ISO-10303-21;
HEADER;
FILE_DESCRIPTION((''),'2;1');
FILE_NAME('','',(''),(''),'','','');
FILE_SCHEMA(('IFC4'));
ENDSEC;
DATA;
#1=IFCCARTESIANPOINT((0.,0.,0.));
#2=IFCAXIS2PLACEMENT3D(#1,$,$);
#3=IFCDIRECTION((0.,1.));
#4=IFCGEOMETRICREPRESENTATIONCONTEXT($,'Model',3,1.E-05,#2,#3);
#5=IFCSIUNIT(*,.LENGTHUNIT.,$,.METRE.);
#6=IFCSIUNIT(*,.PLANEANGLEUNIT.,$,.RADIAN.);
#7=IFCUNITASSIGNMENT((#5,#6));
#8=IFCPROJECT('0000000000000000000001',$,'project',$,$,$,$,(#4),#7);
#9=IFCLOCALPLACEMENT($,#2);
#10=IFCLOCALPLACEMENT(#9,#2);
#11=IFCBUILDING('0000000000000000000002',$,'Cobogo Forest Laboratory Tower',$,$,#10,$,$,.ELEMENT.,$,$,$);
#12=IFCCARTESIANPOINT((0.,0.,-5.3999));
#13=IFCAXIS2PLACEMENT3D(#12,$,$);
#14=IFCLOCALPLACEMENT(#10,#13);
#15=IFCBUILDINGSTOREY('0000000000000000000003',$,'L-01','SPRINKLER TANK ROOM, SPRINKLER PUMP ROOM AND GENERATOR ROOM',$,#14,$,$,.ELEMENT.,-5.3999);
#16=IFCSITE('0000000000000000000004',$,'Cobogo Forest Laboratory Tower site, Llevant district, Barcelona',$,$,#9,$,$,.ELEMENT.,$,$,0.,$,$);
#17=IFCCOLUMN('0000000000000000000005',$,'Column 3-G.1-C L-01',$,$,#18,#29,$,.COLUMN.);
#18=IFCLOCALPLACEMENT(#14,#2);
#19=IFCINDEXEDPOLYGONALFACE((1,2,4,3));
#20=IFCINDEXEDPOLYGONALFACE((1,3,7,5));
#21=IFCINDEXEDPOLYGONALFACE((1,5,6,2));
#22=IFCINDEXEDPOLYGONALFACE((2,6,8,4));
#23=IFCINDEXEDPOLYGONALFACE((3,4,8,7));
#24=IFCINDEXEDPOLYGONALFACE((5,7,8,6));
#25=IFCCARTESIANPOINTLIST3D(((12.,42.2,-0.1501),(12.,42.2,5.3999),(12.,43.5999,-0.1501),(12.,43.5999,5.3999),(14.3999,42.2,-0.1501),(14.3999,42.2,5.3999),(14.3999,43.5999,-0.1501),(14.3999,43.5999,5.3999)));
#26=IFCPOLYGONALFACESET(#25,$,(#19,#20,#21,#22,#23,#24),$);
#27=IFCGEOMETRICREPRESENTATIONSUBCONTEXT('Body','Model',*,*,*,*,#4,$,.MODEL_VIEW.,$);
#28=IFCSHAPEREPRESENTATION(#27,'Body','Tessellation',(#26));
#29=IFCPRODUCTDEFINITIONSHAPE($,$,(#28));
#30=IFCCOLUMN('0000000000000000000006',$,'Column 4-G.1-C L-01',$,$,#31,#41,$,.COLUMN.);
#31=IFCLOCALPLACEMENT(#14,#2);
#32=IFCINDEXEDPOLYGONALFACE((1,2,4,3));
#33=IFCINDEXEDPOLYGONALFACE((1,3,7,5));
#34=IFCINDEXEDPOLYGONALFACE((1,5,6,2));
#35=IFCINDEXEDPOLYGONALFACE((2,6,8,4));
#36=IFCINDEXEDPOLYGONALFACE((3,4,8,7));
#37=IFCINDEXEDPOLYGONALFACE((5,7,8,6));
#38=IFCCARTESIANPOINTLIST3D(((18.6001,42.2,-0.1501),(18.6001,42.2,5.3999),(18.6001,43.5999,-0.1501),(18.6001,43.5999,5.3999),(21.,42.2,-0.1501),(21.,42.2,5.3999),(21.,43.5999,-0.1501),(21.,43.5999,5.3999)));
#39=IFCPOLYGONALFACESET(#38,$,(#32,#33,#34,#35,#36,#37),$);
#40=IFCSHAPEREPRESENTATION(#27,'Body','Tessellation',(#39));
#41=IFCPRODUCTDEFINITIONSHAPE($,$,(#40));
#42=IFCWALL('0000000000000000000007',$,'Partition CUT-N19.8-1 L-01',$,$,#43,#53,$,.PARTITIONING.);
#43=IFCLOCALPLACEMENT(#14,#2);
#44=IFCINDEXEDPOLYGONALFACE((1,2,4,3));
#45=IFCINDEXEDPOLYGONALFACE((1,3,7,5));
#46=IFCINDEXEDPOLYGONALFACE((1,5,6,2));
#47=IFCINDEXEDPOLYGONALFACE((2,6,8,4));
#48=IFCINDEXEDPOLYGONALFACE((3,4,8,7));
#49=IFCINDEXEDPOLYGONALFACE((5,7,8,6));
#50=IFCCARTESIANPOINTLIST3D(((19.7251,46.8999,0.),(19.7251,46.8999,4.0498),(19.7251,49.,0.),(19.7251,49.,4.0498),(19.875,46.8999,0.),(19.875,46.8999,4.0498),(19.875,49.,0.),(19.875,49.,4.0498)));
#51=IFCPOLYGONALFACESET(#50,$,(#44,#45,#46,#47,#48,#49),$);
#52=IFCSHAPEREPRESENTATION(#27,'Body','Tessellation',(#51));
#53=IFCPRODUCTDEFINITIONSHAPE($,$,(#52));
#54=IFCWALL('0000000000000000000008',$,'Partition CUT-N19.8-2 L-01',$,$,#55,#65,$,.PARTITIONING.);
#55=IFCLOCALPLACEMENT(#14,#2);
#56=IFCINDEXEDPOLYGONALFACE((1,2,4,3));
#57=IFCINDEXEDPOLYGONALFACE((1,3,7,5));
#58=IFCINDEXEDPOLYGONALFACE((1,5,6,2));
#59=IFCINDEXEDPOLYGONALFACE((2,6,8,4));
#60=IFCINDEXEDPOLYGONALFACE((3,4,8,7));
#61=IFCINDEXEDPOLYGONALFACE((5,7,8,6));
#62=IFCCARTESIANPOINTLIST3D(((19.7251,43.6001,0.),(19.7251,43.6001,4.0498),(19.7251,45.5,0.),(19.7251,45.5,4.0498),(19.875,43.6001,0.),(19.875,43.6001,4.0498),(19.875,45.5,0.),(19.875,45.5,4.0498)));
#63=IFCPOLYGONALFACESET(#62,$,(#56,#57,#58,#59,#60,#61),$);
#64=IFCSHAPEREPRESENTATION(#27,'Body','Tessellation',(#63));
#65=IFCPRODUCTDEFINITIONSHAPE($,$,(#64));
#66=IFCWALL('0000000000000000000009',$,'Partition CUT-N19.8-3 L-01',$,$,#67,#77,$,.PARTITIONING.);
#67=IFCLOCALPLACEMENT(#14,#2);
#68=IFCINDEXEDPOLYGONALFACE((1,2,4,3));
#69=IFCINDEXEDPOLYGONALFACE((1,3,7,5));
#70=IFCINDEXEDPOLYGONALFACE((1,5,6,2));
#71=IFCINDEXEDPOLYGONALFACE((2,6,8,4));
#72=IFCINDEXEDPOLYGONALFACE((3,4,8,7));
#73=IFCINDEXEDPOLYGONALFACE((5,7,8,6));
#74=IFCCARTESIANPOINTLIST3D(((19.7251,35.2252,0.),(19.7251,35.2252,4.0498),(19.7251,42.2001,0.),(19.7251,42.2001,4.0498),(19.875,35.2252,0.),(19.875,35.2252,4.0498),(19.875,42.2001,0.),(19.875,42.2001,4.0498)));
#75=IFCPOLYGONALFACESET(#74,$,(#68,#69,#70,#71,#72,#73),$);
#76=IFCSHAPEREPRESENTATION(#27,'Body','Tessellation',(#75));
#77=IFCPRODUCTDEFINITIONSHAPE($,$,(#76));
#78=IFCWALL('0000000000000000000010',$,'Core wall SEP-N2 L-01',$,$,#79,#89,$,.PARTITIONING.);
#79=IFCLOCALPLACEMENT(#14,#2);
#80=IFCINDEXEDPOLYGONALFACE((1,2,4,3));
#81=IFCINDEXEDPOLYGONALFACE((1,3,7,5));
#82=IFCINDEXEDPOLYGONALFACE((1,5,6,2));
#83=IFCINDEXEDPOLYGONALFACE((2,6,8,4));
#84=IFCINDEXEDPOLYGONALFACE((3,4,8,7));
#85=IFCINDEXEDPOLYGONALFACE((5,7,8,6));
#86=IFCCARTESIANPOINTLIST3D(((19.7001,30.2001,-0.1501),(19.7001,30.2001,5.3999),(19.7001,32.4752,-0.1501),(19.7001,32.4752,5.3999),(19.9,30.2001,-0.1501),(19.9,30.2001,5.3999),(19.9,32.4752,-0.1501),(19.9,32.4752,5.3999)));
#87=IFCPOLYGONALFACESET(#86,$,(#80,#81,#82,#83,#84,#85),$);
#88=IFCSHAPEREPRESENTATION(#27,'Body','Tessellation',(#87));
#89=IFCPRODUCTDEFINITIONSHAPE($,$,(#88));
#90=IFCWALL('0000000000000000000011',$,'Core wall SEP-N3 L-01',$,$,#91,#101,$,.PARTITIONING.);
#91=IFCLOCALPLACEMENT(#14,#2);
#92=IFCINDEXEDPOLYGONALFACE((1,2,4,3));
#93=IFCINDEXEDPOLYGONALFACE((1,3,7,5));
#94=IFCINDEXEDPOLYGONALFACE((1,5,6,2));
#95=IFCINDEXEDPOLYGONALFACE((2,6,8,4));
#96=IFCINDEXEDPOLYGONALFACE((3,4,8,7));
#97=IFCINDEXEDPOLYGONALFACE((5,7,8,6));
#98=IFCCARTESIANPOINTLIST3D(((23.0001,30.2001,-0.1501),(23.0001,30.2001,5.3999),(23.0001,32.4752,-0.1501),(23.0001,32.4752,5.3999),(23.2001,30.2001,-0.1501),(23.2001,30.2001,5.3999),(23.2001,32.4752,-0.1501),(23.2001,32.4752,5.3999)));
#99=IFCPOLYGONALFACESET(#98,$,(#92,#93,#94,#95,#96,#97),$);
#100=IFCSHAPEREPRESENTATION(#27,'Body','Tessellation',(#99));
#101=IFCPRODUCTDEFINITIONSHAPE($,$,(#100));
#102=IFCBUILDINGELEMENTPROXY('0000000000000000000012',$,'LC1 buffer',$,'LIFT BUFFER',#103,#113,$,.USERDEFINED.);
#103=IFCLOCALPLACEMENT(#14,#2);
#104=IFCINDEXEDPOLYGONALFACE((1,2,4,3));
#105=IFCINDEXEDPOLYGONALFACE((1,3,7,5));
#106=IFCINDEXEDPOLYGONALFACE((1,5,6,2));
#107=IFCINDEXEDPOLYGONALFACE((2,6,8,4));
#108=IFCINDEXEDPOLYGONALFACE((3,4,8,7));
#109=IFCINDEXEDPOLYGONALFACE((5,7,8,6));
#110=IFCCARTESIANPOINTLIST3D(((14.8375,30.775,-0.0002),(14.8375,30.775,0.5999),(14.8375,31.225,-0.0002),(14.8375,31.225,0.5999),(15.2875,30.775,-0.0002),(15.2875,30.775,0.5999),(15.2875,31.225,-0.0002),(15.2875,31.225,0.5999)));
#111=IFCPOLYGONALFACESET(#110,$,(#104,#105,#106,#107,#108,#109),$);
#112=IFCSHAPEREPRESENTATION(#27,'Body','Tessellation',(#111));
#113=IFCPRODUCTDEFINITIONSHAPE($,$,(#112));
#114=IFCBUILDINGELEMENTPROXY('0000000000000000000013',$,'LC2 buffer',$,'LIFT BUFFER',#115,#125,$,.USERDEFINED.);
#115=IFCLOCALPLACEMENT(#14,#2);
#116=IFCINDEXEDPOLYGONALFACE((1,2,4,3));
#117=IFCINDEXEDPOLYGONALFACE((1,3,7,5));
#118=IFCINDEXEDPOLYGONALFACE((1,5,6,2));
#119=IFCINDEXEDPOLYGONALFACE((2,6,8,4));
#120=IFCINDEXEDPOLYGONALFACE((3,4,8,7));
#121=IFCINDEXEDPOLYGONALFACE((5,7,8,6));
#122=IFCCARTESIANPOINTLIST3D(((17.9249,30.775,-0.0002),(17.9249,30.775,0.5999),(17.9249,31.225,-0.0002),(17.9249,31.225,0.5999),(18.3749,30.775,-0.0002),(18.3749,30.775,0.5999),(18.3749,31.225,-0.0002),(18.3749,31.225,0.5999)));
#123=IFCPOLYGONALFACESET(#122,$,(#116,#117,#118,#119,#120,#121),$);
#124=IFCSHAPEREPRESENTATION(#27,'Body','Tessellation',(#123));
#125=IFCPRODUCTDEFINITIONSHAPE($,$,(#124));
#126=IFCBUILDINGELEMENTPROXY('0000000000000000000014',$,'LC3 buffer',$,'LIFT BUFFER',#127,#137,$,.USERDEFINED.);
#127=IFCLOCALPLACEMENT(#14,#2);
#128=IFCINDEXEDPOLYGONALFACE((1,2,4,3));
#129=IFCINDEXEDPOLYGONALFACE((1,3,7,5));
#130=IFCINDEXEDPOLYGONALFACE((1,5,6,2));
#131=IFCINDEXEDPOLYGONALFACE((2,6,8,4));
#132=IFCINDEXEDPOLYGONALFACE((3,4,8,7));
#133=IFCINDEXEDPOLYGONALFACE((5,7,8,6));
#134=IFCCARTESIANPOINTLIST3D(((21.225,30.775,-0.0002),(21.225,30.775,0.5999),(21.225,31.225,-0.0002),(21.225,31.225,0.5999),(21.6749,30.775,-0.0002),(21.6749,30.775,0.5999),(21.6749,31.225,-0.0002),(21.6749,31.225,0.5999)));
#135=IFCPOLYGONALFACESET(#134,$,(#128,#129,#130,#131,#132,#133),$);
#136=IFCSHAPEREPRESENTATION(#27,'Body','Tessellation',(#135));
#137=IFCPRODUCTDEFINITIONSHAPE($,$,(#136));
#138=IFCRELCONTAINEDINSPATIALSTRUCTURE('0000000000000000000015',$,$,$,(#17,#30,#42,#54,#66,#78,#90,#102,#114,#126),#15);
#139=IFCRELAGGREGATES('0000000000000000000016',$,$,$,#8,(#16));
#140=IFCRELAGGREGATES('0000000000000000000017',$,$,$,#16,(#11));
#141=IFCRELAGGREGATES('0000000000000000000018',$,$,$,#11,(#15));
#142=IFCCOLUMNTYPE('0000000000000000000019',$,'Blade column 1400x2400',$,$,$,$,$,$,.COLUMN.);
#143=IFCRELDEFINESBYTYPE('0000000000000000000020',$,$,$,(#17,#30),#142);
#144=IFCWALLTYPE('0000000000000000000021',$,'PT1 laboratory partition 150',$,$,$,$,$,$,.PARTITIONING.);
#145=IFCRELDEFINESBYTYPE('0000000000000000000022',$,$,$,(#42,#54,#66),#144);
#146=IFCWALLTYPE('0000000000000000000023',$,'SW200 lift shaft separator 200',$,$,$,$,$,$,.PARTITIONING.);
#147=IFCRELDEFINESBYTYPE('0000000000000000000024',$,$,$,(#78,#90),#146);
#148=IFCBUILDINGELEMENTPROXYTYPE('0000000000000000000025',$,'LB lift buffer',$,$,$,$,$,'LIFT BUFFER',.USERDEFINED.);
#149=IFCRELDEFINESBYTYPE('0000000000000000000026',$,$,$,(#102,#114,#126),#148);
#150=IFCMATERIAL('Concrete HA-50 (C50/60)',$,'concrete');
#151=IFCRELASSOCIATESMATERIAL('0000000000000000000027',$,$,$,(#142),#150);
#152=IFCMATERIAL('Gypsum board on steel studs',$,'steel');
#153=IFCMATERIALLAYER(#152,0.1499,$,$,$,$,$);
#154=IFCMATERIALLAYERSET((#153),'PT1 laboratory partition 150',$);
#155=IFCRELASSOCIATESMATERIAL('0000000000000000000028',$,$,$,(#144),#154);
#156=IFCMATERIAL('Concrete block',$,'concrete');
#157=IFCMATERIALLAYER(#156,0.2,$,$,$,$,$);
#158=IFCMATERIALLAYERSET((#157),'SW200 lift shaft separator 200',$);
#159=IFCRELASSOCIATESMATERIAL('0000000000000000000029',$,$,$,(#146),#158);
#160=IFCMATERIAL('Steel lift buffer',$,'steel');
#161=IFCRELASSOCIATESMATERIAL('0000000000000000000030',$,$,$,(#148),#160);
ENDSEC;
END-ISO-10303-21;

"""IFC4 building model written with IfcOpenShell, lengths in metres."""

from ifc_helpers import new_model, si_unit, direction, frame, frame_2d, origin, origin_2d, place, context, subcontext, project, spatial, rectangle, extrude, material, layer, layer_set, material_profile, profile_set, type_object, element, save


model = new_model("IFC4")

# Units and contexts
model_context = context("Model", 3, precision=1e-05, world=origin(), true_north=direction((0.0, 1.0)))
body_context = subcontext(model_context, "Body", "Model", "MODEL_VIEW")
ifc_project = project(units=[si_unit("LENGTHUNIT", "METRE"), si_unit("PLANEANGLEUNIT", "RADIAN")], contexts=[model_context])

# Site, building, storey
site_placement = place(None, origin())
site = spatial("IfcSite", under=ifc_project, at=site_placement, Name="Cobogo Forest Laboratory Tower site, Llevant district, Barcelona", CompositionType="ELEMENT", RefElevation=0.0)
building_placement = place(site_placement, origin())
building = spatial("IfcBuilding", under=site, at=building_placement, Name="Cobogo Forest Laboratory Tower", CompositionType="ELEMENT")
storey_placement = place(building_placement, frame((0.0, 0.0, -5.3999)))
storey = spatial("IfcBuildingStorey", under=building, at=storey_placement, Name="L-01", Description="SPRINKLER TANK ROOM, SPRINKLER PUMP ROOM AND GENERATOR ROOM", CompositionType="ELEMENT", Elevation=-5.3999)

# Columns
ifc_material_1 = material(Name="Concrete HA-50 (C50/60)", Category="concrete")
ifc_material_profile_1 = material_profile(ifc_material_1, rectangle(XDim=2.3999, YDim=1.3999, at=origin_2d()), Name="RC 1400x2400")
ifc_profile_set_1 = profile_set([ifc_material_profile_1], Name="Concrete HA-50 (C50/60)")
column_type = type_object("IfcColumnType", Name="Blade column 1400x2400", PredefinedType="COLUMN", material=ifc_profile_set_1)
for number, where, z_axis, x_axis, name in (
    (1, (13.2, 42.8999, -0.1501), (0.0, 0.0, 1.0), (1.0, 0.0, 0.0), "Column 3-G.1-C L-01"),
    (2, (19.8, 42.8999, -0.1501), (0.0, 0.0, 1.0), (1.0, 0.0, 0.0), "Column 4-G.1-C L-01"),
):
    element("IfcColumn", number, at=place(storey_placement, frame(where, z_axis=z_axis, x_axis=x_axis)), inside=storey, type_object=column_type, Name=name, PredefinedType="COLUMN", context=body_context, shape_type="SweptSolid", body=[
        extrude(rectangle(XDim=2.3999, YDim=1.3999, at=origin_2d()), origin(), (0.0, 0.0, 1.0), 5.55),
    ])

# Walls
ifc_material_2 = material(Name="Gypsum board on steel studs", Category="steel")
ifc_layer_1 = layer(ifc_material_2, 0.1499)
ifc_layer_set_1 = layer_set([ifc_layer_1], Name="PT1 laboratory partition 150")
wall_type_1 = type_object("IfcWallType", Name="PT1 laboratory partition 150", PredefinedType="PARTITIONING", material=ifc_layer_set_1)
wall_1_placement = place(storey_placement, frame((19.8, 49.0, 0.0), z_axis=(0.0, 0.0, 1.0), x_axis=(0.0, -1.0, 0.0)))
element("IfcWall", 3, at=wall_1_placement, inside=storey, type_object=wall_type_1, Name="Partition CUT-N19.8-1 L-01", PredefinedType="PARTITIONING", context=body_context, shape_type="SweptSolid", body=[
    extrude(rectangle(XDim=2.1001, YDim=0.1499, at=frame_2d((1.05, 0.0))), origin(), (0.0, 0.0, 1.0), 4.0498),
])
wall_2_placement = place(storey_placement, frame((19.8, 45.5, 0.0), z_axis=(0.0, 0.0, 1.0), x_axis=(0.0, -1.0, 0.0)))
element("IfcWall", 4, at=wall_2_placement, inside=storey, type_object=wall_type_1, Name="Partition CUT-N19.8-2 L-01", PredefinedType="PARTITIONING", context=body_context, shape_type="SweptSolid", body=[
    extrude(rectangle(XDim=1.8999, YDim=0.1499, at=frame_2d((0.95, 0.0))), origin(), (0.0, 0.0, 1.0), 4.0498),
])
wall_3_placement = place(storey_placement, frame((19.8, 42.2, 0.0), z_axis=(0.0, 0.0, 1.0), x_axis=(0.0, -1.0, 0.0)))
element("IfcWall", 5, at=wall_3_placement, inside=storey, type_object=wall_type_1, Name="Partition CUT-N19.8-3 L-01", PredefinedType="PARTITIONING", context=body_context, shape_type="SweptSolid", body=[
    extrude(rectangle(XDim=6.9749, YDim=0.1499, at=frame_2d((3.4873, 0.0))), origin(), (0.0, 0.0, 1.0), 4.0498),
])
ifc_material_3 = material(Name="Concrete block", Category="concrete")
ifc_layer_2 = layer(ifc_material_3, 0.2)
ifc_layer_set_2 = layer_set([ifc_layer_2], Name="SW200 lift shaft separator 200")
wall_type_2 = type_object("IfcWallType", Name="SW200 lift shaft separator 200", PredefinedType="PARTITIONING", material=ifc_layer_set_2)
for number, where, z_axis, x_axis, name in (
    (6, (19.8, 30.2, -0.1501), (0.0, 0.0, 1.0), (0.0, 1.0, 0.0), "Core wall SEP-N2 L-01"),
    (7, (23.1001, 30.2, -0.1501), (0.0, 0.0, 1.0), (0.0, 1.0, 0.0), "Core wall SEP-N3 L-01"),
):
    element("IfcWall", number, at=place(storey_placement, frame(where, z_axis=z_axis, x_axis=x_axis)), inside=storey, type_object=wall_type_2, Name=name, PredefinedType="PARTITIONING", context=body_context, shape_type="SweptSolid", body=[
        extrude(rectangle(XDim=2.2751, YDim=0.2, at=frame_2d((1.1377, 0.0))), origin(), (0.0, 0.0, 1.0), 5.55),
    ])

# Building element proxies
ifc_material_4 = material(Name="Steel lift buffer", Category="steel")
building_element_proxy_type = type_object("IfcBuildingElementProxyType", Name="LB lift buffer", ElementType="LIFT BUFFER", PredefinedType="USERDEFINED", material=ifc_material_4)
for number, where, z_axis, x_axis, name in (
    (8, (15.0625, 31.0, -0.0002), (0.0, 0.0, 1.0), (1.0, 0.0, 0.0), "LC1 buffer"),
    (9, (18.1499, 31.0, -0.0002), (0.0, 0.0, 1.0), (1.0, 0.0, 0.0), "LC2 buffer"),
    (10, (21.45, 31.0, -0.0002), (0.0, 0.0, 1.0), (1.0, 0.0, 0.0), "LC3 buffer"),
):
    element("IfcBuildingElementProxy", number, at=place(storey_placement, frame(where, z_axis=z_axis, x_axis=x_axis)), inside=storey, type_object=building_element_proxy_type, Name=name, ObjectType="LIFT BUFFER", PredefinedType="USERDEFINED", context=body_context, shape_type="SweptSolid", body=[
        extrude(rectangle(XDim=0.45, YDim=0.45, at=origin_2d()), origin(), (0.0, 0.0, 1.0), 0.6001),
    ])

save(model, "model.ifc")
